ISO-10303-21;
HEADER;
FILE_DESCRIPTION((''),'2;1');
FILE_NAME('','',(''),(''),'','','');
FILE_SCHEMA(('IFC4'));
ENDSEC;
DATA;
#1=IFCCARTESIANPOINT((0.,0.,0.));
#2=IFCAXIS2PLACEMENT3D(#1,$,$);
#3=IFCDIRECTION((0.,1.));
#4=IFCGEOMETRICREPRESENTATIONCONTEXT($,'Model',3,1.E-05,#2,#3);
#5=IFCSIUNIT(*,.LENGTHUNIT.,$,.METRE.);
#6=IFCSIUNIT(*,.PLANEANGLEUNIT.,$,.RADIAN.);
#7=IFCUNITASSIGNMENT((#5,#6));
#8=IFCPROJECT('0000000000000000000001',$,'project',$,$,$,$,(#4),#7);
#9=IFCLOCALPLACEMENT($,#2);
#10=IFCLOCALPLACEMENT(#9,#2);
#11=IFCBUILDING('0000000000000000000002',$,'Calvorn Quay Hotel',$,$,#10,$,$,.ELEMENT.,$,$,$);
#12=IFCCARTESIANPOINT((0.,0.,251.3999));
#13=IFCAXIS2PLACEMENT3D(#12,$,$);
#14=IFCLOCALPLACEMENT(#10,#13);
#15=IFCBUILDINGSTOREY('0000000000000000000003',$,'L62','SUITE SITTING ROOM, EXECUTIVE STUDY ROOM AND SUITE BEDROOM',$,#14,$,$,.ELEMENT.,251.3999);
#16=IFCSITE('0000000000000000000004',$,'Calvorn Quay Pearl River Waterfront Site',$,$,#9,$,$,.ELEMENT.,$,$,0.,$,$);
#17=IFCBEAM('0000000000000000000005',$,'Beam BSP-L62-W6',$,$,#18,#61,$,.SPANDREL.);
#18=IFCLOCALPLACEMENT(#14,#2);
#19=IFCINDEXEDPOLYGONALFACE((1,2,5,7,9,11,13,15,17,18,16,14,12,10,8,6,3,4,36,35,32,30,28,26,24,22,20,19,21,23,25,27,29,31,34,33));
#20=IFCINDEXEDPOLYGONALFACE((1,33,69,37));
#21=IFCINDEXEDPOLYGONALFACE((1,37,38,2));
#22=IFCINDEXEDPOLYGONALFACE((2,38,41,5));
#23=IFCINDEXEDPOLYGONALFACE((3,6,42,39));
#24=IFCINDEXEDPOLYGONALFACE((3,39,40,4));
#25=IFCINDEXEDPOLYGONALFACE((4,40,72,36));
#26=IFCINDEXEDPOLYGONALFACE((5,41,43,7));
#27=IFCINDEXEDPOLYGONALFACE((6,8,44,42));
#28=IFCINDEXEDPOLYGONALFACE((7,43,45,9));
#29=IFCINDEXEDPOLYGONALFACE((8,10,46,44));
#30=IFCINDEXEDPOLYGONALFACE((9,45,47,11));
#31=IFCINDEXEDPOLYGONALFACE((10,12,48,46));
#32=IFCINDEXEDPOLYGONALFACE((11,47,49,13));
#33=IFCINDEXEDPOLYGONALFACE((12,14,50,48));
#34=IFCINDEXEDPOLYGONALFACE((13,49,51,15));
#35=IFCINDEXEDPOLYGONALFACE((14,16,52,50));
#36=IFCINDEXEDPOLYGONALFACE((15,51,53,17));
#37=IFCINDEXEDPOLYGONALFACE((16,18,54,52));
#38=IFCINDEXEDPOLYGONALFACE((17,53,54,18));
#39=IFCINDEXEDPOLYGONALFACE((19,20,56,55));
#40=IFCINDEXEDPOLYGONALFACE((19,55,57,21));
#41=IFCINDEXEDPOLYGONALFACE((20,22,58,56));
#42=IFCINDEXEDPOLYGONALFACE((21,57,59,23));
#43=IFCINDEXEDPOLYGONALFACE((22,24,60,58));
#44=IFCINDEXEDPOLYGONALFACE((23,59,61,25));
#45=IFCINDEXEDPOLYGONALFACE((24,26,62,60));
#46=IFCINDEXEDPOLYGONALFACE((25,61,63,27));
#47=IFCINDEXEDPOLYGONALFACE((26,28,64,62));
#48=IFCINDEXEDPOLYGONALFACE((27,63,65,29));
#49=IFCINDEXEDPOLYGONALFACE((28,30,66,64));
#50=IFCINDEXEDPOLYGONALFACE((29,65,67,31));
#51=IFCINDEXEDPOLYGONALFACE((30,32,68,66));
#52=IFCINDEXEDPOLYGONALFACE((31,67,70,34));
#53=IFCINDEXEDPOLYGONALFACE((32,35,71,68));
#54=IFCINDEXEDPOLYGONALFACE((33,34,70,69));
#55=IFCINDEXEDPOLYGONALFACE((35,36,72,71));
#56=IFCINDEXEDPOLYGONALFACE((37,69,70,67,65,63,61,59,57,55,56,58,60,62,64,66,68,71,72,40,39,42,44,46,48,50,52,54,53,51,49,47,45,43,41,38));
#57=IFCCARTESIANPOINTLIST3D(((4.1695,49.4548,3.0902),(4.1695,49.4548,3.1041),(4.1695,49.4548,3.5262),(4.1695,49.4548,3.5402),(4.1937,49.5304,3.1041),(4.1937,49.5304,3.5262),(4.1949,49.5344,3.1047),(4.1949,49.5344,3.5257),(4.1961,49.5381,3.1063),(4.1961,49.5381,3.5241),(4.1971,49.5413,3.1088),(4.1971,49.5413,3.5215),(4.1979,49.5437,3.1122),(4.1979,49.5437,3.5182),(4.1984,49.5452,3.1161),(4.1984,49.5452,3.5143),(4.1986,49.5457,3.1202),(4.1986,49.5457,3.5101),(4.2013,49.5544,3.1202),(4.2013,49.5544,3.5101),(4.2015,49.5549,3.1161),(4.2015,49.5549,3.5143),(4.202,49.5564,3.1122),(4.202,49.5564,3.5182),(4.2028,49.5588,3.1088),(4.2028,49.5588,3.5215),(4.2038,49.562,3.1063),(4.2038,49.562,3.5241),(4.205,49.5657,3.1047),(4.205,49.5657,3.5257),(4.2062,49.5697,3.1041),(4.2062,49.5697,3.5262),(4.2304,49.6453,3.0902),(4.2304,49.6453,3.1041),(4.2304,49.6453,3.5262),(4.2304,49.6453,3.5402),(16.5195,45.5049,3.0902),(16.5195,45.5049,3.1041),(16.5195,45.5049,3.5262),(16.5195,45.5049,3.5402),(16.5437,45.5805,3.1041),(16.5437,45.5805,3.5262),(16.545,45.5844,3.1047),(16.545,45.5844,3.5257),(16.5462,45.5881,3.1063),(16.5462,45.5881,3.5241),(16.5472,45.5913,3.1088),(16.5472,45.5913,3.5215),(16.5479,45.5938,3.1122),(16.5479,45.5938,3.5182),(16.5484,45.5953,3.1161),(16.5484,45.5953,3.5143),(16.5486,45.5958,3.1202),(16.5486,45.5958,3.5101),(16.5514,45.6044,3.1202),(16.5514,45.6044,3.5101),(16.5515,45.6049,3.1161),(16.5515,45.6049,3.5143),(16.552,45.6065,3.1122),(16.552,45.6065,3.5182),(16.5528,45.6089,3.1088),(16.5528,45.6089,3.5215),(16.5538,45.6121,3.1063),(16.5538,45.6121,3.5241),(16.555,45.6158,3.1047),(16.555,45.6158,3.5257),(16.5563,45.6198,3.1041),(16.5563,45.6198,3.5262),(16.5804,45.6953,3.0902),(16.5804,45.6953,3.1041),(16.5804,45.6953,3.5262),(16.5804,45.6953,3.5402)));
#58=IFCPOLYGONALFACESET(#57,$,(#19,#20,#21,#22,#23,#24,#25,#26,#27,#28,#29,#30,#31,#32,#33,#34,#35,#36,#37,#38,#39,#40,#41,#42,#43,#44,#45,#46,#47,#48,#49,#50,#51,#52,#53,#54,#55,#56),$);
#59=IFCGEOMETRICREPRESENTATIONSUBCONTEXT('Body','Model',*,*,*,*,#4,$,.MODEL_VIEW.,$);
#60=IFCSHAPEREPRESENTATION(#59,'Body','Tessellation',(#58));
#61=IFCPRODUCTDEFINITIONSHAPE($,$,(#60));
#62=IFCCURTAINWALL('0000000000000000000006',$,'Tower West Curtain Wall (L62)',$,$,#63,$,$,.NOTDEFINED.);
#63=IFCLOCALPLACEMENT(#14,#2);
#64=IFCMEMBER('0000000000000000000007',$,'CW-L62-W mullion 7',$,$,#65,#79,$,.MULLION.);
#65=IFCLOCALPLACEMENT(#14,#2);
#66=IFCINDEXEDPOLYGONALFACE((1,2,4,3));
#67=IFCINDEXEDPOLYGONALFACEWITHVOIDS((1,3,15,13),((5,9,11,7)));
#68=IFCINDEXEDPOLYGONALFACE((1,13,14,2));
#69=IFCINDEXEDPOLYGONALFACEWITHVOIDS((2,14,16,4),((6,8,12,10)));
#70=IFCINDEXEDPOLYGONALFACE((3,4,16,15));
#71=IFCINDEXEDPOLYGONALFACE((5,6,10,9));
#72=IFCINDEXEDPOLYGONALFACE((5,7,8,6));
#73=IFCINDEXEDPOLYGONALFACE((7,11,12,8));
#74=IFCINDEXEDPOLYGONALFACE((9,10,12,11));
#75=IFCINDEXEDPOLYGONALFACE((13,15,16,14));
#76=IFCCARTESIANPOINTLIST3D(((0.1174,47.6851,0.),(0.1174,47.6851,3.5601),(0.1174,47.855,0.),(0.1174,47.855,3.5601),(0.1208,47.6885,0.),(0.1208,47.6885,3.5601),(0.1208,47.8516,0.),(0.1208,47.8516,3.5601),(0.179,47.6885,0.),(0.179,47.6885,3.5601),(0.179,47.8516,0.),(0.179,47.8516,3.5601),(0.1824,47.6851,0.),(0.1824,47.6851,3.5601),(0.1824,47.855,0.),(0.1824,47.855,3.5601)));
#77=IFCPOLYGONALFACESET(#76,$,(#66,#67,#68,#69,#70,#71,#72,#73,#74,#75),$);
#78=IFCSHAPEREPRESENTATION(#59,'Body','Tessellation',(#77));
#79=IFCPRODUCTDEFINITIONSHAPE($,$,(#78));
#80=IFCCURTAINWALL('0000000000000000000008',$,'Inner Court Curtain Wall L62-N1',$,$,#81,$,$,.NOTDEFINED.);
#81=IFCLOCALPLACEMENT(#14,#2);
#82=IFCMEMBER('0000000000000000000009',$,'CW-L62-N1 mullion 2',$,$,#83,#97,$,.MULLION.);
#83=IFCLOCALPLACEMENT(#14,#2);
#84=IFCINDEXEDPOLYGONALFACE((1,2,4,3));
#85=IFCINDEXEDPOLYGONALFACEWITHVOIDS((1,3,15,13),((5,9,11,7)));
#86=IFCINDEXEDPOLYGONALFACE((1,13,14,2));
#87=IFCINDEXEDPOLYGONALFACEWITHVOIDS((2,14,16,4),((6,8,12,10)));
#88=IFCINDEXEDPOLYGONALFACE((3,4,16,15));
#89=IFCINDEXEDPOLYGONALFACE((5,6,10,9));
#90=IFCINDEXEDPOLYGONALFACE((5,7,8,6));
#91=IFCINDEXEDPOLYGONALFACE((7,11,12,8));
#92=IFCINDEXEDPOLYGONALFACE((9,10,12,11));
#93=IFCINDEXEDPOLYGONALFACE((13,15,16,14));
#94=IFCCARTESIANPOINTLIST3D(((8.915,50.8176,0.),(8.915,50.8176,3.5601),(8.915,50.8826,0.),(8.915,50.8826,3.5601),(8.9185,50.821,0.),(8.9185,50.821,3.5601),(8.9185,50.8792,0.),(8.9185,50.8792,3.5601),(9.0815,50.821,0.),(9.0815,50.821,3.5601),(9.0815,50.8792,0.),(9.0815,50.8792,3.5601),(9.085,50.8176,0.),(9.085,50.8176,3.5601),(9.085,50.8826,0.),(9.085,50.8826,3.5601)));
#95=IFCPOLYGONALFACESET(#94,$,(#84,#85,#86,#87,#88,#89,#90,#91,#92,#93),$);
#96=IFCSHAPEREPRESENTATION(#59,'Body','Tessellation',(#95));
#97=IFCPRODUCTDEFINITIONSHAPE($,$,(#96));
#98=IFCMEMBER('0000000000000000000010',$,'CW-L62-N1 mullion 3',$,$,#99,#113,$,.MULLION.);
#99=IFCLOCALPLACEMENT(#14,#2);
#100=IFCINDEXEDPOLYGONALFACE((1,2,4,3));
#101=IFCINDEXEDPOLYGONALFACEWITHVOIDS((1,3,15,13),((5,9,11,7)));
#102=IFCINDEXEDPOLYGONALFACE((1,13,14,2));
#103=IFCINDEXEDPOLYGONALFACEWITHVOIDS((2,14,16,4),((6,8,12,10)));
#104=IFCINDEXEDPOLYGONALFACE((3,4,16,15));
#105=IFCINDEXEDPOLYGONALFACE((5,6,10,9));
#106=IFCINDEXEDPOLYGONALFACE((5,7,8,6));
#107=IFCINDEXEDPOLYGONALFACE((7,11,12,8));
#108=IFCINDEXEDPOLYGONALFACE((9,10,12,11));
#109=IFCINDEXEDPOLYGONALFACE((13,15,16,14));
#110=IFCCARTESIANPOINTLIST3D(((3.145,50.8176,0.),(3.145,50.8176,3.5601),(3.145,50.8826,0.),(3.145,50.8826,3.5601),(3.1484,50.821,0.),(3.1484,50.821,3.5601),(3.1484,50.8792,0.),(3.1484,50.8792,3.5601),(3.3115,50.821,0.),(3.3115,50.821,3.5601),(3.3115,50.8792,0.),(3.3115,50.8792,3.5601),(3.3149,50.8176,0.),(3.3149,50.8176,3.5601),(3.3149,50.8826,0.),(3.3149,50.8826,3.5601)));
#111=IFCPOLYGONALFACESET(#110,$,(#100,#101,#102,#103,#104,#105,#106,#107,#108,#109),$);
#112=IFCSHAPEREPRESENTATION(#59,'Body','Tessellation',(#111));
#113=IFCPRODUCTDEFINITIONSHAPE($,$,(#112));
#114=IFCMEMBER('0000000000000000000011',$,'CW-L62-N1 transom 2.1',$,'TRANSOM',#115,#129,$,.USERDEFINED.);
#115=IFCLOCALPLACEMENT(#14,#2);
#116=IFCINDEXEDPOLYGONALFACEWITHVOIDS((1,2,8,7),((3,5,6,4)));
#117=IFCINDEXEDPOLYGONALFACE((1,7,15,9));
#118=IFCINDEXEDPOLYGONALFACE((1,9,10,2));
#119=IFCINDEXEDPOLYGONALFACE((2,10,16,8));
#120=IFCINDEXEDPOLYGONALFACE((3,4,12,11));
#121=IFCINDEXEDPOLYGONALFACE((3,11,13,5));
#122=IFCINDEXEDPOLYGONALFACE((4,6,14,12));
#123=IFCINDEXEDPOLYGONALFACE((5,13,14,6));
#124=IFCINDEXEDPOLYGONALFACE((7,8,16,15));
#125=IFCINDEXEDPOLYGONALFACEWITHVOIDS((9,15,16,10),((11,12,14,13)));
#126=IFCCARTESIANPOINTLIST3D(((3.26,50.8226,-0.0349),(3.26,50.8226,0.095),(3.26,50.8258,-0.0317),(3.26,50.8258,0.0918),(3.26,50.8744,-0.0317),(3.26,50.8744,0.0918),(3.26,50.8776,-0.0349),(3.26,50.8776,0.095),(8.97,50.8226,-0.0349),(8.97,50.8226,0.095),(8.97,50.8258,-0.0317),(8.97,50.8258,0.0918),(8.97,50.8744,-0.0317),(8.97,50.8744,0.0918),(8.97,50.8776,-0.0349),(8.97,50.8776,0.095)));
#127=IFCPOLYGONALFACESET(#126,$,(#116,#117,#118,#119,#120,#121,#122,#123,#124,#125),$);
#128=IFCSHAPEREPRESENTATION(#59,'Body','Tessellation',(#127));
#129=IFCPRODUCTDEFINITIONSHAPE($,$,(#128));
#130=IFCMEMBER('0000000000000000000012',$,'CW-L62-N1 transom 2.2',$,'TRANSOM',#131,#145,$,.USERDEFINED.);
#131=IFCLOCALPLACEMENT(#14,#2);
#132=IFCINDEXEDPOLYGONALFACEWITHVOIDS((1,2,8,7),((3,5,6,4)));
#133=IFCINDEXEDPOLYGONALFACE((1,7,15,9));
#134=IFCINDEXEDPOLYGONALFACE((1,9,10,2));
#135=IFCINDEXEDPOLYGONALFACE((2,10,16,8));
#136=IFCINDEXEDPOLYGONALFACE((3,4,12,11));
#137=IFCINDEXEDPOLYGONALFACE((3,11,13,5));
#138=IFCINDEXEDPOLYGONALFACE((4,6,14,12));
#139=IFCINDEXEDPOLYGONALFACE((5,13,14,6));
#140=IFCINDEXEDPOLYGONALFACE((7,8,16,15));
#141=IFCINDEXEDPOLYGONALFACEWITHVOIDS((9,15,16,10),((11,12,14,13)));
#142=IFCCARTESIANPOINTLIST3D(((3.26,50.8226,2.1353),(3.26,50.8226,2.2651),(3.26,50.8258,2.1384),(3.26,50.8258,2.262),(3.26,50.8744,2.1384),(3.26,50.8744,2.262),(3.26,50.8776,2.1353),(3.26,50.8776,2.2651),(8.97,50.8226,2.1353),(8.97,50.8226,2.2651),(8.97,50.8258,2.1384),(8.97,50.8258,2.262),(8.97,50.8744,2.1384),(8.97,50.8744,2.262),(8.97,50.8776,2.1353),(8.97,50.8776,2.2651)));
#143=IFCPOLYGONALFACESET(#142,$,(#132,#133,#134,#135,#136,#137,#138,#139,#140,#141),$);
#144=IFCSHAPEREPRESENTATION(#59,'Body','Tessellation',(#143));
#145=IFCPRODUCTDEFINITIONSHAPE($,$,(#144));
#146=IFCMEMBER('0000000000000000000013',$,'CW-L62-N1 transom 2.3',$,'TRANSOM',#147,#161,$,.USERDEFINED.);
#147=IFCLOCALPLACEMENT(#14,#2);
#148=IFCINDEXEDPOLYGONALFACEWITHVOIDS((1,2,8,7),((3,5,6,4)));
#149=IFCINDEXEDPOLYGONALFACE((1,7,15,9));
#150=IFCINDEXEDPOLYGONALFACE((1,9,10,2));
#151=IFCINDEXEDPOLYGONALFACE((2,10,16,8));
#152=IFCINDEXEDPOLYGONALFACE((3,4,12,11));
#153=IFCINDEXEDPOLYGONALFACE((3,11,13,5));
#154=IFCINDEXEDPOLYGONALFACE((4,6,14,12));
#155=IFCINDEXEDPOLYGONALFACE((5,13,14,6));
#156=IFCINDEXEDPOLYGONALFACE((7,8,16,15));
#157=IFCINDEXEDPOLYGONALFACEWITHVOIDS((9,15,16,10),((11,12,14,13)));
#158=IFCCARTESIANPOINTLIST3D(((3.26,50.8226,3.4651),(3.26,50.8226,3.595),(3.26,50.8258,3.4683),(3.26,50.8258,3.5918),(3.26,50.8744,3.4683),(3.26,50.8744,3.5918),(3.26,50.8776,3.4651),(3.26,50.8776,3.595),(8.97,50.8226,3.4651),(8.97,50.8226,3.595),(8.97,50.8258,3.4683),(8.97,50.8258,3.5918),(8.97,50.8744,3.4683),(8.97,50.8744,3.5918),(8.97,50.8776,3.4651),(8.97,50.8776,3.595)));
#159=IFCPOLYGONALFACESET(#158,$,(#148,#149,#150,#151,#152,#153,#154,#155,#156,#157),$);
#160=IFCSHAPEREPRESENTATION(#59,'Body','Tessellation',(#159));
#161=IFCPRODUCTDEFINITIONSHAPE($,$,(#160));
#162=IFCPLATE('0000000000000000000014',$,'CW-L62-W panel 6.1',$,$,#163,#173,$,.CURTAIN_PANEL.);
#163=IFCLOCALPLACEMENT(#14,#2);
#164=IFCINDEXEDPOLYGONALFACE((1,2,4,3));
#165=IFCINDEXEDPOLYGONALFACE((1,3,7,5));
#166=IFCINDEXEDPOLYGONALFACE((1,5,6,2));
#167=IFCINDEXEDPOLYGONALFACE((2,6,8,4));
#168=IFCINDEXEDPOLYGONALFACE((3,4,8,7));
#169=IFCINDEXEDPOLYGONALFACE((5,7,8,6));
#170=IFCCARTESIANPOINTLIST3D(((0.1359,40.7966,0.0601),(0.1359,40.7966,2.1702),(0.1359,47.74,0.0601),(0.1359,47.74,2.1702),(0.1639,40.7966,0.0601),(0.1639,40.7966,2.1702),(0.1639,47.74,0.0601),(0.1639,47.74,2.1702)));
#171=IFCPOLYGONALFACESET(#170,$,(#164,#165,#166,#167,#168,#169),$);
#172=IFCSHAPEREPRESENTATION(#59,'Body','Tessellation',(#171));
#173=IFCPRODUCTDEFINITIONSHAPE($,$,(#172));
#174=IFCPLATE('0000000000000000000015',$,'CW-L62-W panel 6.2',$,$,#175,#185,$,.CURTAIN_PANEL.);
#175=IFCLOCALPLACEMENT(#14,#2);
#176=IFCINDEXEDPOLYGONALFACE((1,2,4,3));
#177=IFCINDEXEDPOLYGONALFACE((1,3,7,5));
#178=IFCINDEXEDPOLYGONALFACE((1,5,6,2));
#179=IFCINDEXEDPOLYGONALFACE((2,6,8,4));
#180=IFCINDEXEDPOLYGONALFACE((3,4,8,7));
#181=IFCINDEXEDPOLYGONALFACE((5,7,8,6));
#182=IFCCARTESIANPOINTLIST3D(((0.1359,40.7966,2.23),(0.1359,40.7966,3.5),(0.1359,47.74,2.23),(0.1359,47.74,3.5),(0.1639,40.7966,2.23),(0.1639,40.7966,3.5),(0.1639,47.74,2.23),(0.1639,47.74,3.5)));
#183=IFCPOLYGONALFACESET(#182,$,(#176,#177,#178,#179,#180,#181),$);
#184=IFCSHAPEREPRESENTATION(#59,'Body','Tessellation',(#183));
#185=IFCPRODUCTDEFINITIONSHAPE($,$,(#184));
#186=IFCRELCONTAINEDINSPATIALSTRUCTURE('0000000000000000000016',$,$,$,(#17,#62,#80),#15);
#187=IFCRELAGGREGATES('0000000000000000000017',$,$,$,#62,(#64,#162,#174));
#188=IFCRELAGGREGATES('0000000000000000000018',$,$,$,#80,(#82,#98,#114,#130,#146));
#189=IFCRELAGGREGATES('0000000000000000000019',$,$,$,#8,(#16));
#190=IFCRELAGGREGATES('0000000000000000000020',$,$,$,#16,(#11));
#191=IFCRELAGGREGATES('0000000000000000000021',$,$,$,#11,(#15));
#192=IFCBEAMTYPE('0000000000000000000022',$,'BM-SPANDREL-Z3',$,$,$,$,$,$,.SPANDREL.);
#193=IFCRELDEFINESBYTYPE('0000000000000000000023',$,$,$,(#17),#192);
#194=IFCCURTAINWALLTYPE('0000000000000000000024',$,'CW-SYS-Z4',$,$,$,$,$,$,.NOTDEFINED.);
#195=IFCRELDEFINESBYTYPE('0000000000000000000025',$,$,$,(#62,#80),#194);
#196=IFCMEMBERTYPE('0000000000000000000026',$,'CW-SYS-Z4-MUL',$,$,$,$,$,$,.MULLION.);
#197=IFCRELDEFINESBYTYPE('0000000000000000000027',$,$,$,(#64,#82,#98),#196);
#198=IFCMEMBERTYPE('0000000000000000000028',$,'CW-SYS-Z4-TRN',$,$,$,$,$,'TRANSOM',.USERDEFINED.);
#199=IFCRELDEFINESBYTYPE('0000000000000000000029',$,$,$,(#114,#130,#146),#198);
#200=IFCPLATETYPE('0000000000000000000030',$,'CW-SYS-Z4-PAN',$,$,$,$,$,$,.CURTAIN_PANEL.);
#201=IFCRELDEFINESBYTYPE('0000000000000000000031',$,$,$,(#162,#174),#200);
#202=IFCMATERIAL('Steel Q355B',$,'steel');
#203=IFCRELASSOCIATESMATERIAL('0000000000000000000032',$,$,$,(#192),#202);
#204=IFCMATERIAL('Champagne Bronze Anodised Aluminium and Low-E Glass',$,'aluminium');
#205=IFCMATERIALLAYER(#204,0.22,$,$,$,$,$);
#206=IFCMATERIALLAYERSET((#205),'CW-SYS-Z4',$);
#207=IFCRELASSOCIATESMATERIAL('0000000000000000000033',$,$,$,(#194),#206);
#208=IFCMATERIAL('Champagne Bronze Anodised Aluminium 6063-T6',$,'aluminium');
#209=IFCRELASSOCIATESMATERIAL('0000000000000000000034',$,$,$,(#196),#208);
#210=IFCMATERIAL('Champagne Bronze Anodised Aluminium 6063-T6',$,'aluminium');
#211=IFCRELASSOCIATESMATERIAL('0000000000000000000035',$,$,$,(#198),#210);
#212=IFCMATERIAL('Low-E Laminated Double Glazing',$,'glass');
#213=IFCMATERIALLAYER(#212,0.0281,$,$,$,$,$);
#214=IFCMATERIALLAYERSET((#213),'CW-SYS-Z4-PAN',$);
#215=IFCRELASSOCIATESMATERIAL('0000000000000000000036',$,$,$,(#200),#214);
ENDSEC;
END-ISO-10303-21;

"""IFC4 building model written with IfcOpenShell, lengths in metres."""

from ifc_helpers import new_model, si_unit, direction, frame, origin, origin_2d, place, context, subcontext, project, spatial, rectangle, hollow_rectangle, i_section, extrude, material, layer, layer_set, material_profile, profile_set, type_object, element, aggregate, save


model = new_model("IFC4")

# Units and contexts
model_context = context("Model", 3, precision=1e-05, world=origin(), true_north=direction((0.0, 1.0)))
body_context = subcontext(model_context, "Body", "Model", "MODEL_VIEW")
ifc_project = project(units=[si_unit("LENGTHUNIT", "METRE"), si_unit("PLANEANGLEUNIT", "RADIAN")], contexts=[model_context])

# Site, building, storey
site_placement = place(None, origin())
site = spatial("IfcSite", under=ifc_project, at=site_placement, Name="Calvorn Quay Pearl River Waterfront Site", CompositionType="ELEMENT", RefElevation=0.0)
building_placement = place(site_placement, origin())
building = spatial("IfcBuilding", under=site, at=building_placement, Name="Calvorn Quay Hotel", CompositionType="ELEMENT")
storey_placement = place(building_placement, frame((0.0, 0.0, 251.3999)))
storey = spatial("IfcBuildingStorey", under=building, at=storey_placement, Name="L62", Description="SUITE SITTING ROOM, EXECUTIVE STUDY ROOM AND SUITE BEDROOM", CompositionType="ELEMENT", Elevation=251.3999)

# Beam
ifc_material_1 = material(Name="Steel Q355B", Category="steel")
ifc_material_profile_1 = material_profile(ifc_material_1, i_section(OverallWidth=0.2, OverallDepth=0.45, WebThickness=0.009, FlangeThickness=0.0139, FilletRadius=0.0161, at=origin_2d()), Name="HN450x200x9x14")
ifc_profile_set_1 = profile_set([ifc_material_profile_1], Name="Steel Q355B")
beam_type_1 = type_object("IfcBeamType", Name="BM-SPANDREL-Z3", PredefinedType="SPANDREL", material=ifc_profile_set_1)
beam_1_placement = place(storey_placement, frame((4.2, 49.55, 3.3152), z_axis=(0.952471, -0.30463, 0.0), x_axis=(0.30463, 0.952471, 0.0)))
element("IfcBeam", 1, at=beam_1_placement, inside=storey, type_object=beam_type_1, Name="Beam BSP-L62-W6", PredefinedType="SPANDREL", context=body_context, shape_type="SweptSolid", body=[
    extrude(i_section(OverallWidth=0.2, OverallDepth=0.45, WebThickness=0.009, FlangeThickness=0.0139, FilletRadius=0.0161, at=origin_2d()), origin(), (0.0, 0.0, 1.0), 12.9663),
])

# Curtain wall, member
ifc_material_2 = material(Name="Champagne Bronze Anodised Aluminium and Low-E Glass", Category="aluminium")
ifc_layer_1 = layer(ifc_material_2, 0.22)
ifc_layer_set_1 = layer_set([ifc_layer_1], Name="CW-SYS-Z4")
curtain_wall_type = type_object("IfcCurtainWallType", Name="CW-SYS-Z4", PredefinedType="NOTDEFINED", material=ifc_layer_set_1)
curtain_wall_1_placement = place(storey_placement, origin())
curtain_wall_1 = element("IfcCurtainWall", 2, at=curtain_wall_1_placement, inside=storey, type_object=curtain_wall_type, Name="Tower West Curtain Wall (L62)", PredefinedType="NOTDEFINED")
ifc_material_3 = material(Name="Champagne Bronze Anodised Aluminium 6063-T6", Category="aluminium")
ifc_material_profile_2 = material_profile(ifc_material_3, hollow_rectangle(XDim=0.0649, YDim=0.1699, WallThickness=0.0034, at=origin_2d()), Name="ALU-M170x65x3.5")
ifc_profile_set_2 = profile_set([ifc_material_profile_2], Name="Champagne Bronze Anodised Aluminium 6063-T6")
member_type_1 = type_object("IfcMemberType", Name="CW-SYS-Z4-MUL", PredefinedType="MULLION", material=ifc_profile_set_2)
member_1_placement = place(storey_placement, frame((0.1499, 47.77, 0.0), z_axis=(0.0, 0.0, 1.0), x_axis=(-1.0, 0.0, 0.0)))
member_1 = element("IfcMember", 3, at=member_1_placement, type_object=member_type_1, Name="CW-L62-W mullion 7", PredefinedType="MULLION", context=body_context, shape_type="SweptSolid", body=[
    extrude(hollow_rectangle(XDim=0.0649, YDim=0.1699, WallThickness=0.0034, at=origin_2d()), origin(), (0.0, 0.0, 1.0), 3.5601),
])

# Curtain wall, members
curtain_wall_2_placement = place(storey_placement, origin())
curtain_wall_2 = element("IfcCurtainWall", 4, at=curtain_wall_2_placement, inside=storey, type_object=curtain_wall_type, Name="Inner Court Curtain Wall L62-N1", PredefinedType="NOTDEFINED")
member_2_placement = place(storey_placement, frame((9.0, 50.8501, 0.0), z_axis=(0.0, 0.0, 1.0), x_axis=(0.0, -1.0, 0.0)))
member_2 = element("IfcMember", 5, at=member_2_placement, type_object=member_type_1, Name="CW-L62-N1 mullion 2", PredefinedType="MULLION", context=body_context, shape_type="SweptSolid", body=[
    extrude(hollow_rectangle(XDim=0.0649, YDim=0.1699, WallThickness=0.0034, at=origin_2d()), origin(), (0.0, 0.0, 1.0), 3.5601),
])
member_3_placement = place(storey_placement, frame((3.23, 50.8501, 0.0), z_axis=(0.0, 0.0, 1.0), x_axis=(0.0, -1.0, 0.0)))
member_3 = element("IfcMember", 6, at=member_3_placement, type_object=member_type_1, Name="CW-L62-N1 mullion 3", PredefinedType="MULLION", context=body_context, shape_type="SweptSolid", body=[
    extrude(hollow_rectangle(XDim=0.0649, YDim=0.1699, WallThickness=0.0034, at=origin_2d()), origin(), (0.0, 0.0, 1.0), 3.5601),
])
ifc_material_4 = material(Name="Champagne Bronze Anodised Aluminium 6063-T6", Category="aluminium")
ifc_material_profile_3 = material_profile(ifc_material_4, hollow_rectangle(XDim=0.0549, YDim=0.1299, WallThickness=0.0032, at=origin_2d()), Name="ALU-T130x55x3.2")
ifc_profile_set_3 = profile_set([ifc_material_profile_3], Name="Champagne Bronze Anodised Aluminium 6063-T6")
member_type_2 = type_object("IfcMemberType", Name="CW-SYS-Z4-TRN", ElementType="TRANSOM", PredefinedType="USERDEFINED", material=ifc_profile_set_3)
member_4_placement = place(storey_placement, frame((8.97, 50.8501, 0.03), z_axis=(-1.0, 0.0, 0.0), x_axis=(0.0, -1.0, 0.0)))
member_4 = element("IfcMember", 7, at=member_4_placement, type_object=member_type_2, Name="CW-L62-N1 transom 2.1", ObjectType="TRANSOM", PredefinedType="USERDEFINED", context=body_context, shape_type="SweptSolid", body=[
    extrude(hollow_rectangle(XDim=0.0549, YDim=0.1299, WallThickness=0.0032, at=origin_2d()), origin(), (0.0, 0.0, 1.0), 5.71),
])
member_5_placement = place(storey_placement, frame((8.97, 50.8501, 2.2002), z_axis=(-1.0, 0.0, 0.0), x_axis=(0.0, -1.0, 0.0)))
member_5 = element("IfcMember", 8, at=member_5_placement, type_object=member_type_2, Name="CW-L62-N1 transom 2.2", ObjectType="TRANSOM", PredefinedType="USERDEFINED", context=body_context, shape_type="SweptSolid", body=[
    extrude(hollow_rectangle(XDim=0.0549, YDim=0.1299, WallThickness=0.0032, at=origin_2d()), origin(), (0.0, 0.0, 1.0), 5.71),
])
member_6_placement = place(storey_placement, frame((8.97, 50.8501, 3.53), z_axis=(-1.0, 0.0, 0.0), x_axis=(0.0, -1.0, 0.0)))
member_6 = element("IfcMember", 9, at=member_6_placement, type_object=member_type_2, Name="CW-L62-N1 transom 2.3", ObjectType="TRANSOM", PredefinedType="USERDEFINED", context=body_context, shape_type="SweptSolid", body=[
    extrude(hollow_rectangle(XDim=0.0549, YDim=0.1299, WallThickness=0.0032, at=origin_2d()), origin(), (0.0, 0.0, 1.0), 5.71),
])

# Plates
ifc_material_5 = material(Name="Low-E Laminated Double Glazing", Category="glass")
ifc_layer_2 = layer(ifc_material_5, 0.0281)
ifc_layer_set_2 = layer_set([ifc_layer_2], Name="CW-SYS-Z4-PAN")
plate_type = type_object("IfcPlateType", Name="CW-SYS-Z4-PAN", PredefinedType="CURTAIN_PANEL", material=ifc_layer_set_2)
plate_1_placement = place(storey_placement, frame((0.1499, 44.2683, 0.0601), z_axis=(0.0, 0.0, 1.0), x_axis=(0.0, 1.0, 0.0)))
plate_1 = element("IfcPlate", 10, at=plate_1_placement, type_object=plate_type, Name="CW-L62-W panel 6.1", PredefinedType="CURTAIN_PANEL", context=body_context, shape_type="SweptSolid", body=[
    extrude(rectangle(XDim=6.9434, YDim=0.0281, at=origin_2d()), origin(), (0.0, 0.0, 1.0), 2.1101),
])
plate_2_placement = place(storey_placement, frame((0.1499, 44.2683, 2.23), z_axis=(0.0, 0.0, 1.0), x_axis=(0.0, 1.0, 0.0)))
plate_2 = element("IfcPlate", 11, at=plate_2_placement, type_object=plate_type, Name="CW-L62-W panel 6.2", PredefinedType="CURTAIN_PANEL", context=body_context, shape_type="SweptSolid", body=[
    extrude(rectangle(XDim=6.9434, YDim=0.0281, at=origin_2d()), origin(), (0.0, 0.0, 1.0), 1.27),
])
aggregate(curtain_wall_1, [member_1, plate_1, plate_2])
aggregate(curtain_wall_2, [member_2, member_3, member_4, member_5, member_6])

save(model, "model.ifc")
